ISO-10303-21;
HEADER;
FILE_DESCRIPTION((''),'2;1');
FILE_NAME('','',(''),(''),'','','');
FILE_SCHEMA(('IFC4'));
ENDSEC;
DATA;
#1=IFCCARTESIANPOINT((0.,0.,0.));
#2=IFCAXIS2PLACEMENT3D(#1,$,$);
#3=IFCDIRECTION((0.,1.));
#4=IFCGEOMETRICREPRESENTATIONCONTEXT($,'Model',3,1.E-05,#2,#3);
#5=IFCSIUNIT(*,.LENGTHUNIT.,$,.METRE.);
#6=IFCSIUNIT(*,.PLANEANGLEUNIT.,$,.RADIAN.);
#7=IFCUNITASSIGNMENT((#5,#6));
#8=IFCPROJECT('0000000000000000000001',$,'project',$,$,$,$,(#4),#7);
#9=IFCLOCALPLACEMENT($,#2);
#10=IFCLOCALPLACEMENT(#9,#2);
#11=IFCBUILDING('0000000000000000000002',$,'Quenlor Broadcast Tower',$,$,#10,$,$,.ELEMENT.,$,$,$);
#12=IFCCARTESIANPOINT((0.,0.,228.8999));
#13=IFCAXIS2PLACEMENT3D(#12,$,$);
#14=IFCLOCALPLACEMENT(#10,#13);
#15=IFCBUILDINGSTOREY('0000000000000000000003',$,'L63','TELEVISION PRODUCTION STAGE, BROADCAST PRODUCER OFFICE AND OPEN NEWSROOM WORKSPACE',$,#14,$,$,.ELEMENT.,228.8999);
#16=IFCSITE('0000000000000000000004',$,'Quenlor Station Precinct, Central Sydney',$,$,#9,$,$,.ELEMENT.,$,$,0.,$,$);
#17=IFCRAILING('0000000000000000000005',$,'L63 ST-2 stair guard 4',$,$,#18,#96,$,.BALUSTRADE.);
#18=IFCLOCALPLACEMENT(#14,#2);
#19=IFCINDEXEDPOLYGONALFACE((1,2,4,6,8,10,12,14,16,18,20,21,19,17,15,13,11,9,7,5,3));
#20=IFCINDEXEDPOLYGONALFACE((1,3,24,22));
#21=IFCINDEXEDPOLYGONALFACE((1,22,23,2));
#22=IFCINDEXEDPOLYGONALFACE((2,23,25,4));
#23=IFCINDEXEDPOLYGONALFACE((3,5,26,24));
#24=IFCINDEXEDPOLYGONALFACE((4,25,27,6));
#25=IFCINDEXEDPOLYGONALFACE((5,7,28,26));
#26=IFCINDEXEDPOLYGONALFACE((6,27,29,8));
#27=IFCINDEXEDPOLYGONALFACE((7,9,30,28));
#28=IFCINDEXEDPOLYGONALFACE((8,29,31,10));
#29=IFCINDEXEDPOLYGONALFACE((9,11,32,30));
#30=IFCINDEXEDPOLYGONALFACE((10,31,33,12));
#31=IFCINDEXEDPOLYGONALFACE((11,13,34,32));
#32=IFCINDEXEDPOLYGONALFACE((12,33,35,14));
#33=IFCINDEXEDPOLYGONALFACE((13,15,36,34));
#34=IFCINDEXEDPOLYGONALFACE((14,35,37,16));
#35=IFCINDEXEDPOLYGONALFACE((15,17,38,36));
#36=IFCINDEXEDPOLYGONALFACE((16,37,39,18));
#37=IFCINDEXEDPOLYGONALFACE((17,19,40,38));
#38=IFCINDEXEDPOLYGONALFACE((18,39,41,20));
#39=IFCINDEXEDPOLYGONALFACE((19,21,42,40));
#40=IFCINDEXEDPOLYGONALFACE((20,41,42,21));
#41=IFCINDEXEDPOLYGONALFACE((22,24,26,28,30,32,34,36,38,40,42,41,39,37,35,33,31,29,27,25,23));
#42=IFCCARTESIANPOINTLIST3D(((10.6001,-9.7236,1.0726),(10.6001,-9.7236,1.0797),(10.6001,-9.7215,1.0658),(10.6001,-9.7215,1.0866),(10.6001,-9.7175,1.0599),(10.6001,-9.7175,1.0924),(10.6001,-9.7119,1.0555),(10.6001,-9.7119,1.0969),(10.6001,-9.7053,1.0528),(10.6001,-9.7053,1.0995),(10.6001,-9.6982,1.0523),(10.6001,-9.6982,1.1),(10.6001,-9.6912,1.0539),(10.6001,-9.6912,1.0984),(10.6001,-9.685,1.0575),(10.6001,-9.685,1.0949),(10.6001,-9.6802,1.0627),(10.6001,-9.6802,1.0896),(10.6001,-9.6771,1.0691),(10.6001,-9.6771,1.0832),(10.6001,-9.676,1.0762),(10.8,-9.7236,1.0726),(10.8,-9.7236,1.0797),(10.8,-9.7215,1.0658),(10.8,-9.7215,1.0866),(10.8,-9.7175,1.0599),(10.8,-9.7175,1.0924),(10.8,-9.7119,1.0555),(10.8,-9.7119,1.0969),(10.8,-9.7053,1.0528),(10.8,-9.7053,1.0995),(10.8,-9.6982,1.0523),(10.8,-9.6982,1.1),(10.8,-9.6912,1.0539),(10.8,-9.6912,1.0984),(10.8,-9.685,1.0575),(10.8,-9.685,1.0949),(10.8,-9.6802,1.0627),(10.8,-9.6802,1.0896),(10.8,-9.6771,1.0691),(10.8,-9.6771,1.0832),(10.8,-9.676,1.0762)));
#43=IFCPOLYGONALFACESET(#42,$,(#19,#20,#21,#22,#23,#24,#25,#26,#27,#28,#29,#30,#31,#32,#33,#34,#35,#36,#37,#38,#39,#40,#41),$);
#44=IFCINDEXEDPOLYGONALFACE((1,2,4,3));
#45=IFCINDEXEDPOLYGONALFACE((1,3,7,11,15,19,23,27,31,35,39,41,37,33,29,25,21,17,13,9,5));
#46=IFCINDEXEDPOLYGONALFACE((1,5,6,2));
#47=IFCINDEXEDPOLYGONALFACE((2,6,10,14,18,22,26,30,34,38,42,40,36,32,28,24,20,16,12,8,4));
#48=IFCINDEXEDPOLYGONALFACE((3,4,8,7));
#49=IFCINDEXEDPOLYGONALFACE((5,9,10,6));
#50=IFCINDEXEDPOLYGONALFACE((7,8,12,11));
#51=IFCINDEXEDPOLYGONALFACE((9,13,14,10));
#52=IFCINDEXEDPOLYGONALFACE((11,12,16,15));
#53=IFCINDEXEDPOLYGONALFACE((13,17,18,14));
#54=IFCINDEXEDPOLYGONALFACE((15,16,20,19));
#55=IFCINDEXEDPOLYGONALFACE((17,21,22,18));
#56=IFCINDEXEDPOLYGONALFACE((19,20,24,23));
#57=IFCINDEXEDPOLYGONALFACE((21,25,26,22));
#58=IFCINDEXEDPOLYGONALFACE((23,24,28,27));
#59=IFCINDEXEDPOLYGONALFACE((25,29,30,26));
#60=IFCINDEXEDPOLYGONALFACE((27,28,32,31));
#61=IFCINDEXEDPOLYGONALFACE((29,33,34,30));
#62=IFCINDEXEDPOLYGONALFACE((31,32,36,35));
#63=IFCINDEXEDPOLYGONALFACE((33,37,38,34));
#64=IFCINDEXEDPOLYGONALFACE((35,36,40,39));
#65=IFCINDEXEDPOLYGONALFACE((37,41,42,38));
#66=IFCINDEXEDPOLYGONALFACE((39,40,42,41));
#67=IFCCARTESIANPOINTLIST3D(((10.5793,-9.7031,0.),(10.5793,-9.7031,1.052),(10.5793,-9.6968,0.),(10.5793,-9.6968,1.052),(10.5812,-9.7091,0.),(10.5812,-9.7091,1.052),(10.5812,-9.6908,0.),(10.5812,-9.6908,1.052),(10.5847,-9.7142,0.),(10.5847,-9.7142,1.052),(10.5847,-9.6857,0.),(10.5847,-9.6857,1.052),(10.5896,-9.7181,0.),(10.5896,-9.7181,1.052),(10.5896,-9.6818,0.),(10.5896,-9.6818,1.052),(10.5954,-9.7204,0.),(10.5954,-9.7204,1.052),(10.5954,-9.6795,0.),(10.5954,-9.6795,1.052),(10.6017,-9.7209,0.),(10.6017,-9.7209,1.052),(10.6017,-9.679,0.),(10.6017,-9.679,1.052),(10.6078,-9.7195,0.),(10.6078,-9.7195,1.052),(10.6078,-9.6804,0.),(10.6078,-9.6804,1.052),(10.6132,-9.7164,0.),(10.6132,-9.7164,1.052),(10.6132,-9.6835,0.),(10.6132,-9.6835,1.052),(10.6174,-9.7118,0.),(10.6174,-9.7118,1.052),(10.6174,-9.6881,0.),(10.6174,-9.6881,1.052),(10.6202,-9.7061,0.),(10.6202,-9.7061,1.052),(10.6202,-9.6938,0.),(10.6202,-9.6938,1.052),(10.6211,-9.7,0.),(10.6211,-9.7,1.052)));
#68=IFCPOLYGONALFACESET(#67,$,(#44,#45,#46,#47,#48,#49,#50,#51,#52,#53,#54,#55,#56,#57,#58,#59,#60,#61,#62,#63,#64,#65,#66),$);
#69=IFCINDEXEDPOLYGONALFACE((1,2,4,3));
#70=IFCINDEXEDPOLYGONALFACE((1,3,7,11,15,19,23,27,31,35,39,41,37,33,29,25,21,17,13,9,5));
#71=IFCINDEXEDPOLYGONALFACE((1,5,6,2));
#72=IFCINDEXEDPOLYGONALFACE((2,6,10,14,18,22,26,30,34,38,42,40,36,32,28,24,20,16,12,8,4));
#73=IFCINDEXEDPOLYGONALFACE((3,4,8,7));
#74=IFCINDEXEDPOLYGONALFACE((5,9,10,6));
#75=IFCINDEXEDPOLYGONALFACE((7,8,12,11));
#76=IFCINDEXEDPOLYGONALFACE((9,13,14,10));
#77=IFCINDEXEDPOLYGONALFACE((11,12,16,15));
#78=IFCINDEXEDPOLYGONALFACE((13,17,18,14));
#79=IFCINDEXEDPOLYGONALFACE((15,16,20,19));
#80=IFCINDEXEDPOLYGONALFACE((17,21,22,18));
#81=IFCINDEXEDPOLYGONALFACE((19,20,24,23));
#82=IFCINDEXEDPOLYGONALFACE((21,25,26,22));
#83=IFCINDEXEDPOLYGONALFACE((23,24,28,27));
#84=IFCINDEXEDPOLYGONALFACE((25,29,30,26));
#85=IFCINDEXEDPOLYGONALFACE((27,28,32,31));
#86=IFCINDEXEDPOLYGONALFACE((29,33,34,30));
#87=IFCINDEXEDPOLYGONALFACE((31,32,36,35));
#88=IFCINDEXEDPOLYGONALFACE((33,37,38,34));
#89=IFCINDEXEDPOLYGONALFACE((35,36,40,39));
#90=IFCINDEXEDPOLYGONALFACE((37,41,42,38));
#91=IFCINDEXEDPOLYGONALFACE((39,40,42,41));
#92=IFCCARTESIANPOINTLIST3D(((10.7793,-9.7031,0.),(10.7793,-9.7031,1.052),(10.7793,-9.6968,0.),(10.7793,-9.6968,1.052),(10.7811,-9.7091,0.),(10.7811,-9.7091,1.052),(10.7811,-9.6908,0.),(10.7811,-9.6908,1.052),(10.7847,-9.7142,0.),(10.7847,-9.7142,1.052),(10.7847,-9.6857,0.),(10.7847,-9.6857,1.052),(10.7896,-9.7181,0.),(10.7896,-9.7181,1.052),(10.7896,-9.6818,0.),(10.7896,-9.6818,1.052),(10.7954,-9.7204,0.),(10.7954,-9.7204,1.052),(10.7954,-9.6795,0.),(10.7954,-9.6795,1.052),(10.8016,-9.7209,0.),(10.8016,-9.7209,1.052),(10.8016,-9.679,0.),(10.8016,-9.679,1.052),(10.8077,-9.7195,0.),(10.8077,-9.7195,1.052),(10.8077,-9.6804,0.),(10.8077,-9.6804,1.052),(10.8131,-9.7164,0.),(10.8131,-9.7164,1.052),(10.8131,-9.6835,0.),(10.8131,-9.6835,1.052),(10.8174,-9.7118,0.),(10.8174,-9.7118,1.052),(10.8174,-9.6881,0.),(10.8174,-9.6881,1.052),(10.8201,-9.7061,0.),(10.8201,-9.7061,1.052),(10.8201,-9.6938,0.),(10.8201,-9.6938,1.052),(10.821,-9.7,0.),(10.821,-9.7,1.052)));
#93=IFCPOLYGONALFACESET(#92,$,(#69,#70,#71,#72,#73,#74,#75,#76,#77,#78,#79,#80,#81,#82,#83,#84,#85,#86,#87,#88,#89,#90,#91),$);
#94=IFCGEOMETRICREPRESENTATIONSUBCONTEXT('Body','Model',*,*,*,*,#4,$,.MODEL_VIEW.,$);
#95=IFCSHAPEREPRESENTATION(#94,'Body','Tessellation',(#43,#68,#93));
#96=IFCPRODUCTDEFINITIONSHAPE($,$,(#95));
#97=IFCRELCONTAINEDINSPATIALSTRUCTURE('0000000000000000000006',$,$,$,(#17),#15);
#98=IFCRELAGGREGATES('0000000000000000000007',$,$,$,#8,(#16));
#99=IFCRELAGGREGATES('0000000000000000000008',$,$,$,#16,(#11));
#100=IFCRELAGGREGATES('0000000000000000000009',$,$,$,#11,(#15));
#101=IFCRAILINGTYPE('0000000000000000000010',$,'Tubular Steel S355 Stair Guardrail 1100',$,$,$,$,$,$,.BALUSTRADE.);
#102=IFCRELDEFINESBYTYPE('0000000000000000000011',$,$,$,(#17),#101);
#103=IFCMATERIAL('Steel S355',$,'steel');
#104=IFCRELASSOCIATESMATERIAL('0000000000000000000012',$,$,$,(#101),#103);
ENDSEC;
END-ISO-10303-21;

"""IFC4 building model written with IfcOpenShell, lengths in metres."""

from ifc_helpers import new_model, si_unit, direction, frame, origin, origin_2d, place, context, subcontext, project, spatial, circle, extrude, material, type_object, element, save


model = new_model("IFC4")

# Units and contexts
model_context = context("Model", 3, precision=1e-05, world=origin(), true_north=direction((0.0, 1.0)))
body_context = subcontext(model_context, "Body", "Model", "MODEL_VIEW")
ifc_project = project(units=[si_unit("LENGTHUNIT", "METRE"), si_unit("PLANEANGLEUNIT", "RADIAN")], contexts=[model_context])

# Site, building, storey
site_placement = place(None, origin())
site = spatial("IfcSite", under=ifc_project, at=site_placement, Name="Quenlor Station Precinct, Central Sydney", CompositionType="ELEMENT", RefElevation=0.0)
building_placement = place(site_placement, origin())
building = spatial("IfcBuilding", under=site, at=building_placement, Name="Quenlor Broadcast Tower", CompositionType="ELEMENT")
storey_placement = place(building_placement, frame((0.0, 0.0, 228.8999)))
storey = spatial("IfcBuildingStorey", under=building, at=storey_placement, Name="L63", Description="TELEVISION PRODUCTION STAGE, BROADCAST PRODUCER OFFICE AND OPEN NEWSROOM WORKSPACE", CompositionType="ELEMENT", Elevation=228.8999)

# Railing
ifc_material_1 = material(Name="Steel S355", Category="steel")
railing_type_1 = type_object("IfcRailingType", Name="Tubular Steel S355 Stair Guardrail 1100", PredefinedType="BALUSTRADE", material=ifc_material_1)
railing_1_placement = place(storey_placement, frame((10.6001, -9.7, 0.0)))
element("IfcRailing", 1, at=railing_1_placement, inside=storey, type_object=railing_type_1, Name="L63 ST-2 stair guard 4", PredefinedType="BALUSTRADE", context=body_context, shape_type="SweptSolid", body=[
    extrude(circle(Radius=0.0239, at=origin_2d()), frame((0.0, 0.0, 1.0762), z_axis=(1.0, 0.0, 0.0), x_axis=(0.0, 1.0, 0.0)), (0.0, 0.0, 1.0), 0.2),
    extrude(circle(Radius=0.021, at=origin_2d()), origin(), (0.0, 0.0, 1.0), 1.052),
    extrude(circle(Radius=0.021, at=origin_2d()), frame((0.2, 0.0, 0.0)), (0.0, 0.0, 1.0), 1.052),
])

save(model, "model.ifc")
